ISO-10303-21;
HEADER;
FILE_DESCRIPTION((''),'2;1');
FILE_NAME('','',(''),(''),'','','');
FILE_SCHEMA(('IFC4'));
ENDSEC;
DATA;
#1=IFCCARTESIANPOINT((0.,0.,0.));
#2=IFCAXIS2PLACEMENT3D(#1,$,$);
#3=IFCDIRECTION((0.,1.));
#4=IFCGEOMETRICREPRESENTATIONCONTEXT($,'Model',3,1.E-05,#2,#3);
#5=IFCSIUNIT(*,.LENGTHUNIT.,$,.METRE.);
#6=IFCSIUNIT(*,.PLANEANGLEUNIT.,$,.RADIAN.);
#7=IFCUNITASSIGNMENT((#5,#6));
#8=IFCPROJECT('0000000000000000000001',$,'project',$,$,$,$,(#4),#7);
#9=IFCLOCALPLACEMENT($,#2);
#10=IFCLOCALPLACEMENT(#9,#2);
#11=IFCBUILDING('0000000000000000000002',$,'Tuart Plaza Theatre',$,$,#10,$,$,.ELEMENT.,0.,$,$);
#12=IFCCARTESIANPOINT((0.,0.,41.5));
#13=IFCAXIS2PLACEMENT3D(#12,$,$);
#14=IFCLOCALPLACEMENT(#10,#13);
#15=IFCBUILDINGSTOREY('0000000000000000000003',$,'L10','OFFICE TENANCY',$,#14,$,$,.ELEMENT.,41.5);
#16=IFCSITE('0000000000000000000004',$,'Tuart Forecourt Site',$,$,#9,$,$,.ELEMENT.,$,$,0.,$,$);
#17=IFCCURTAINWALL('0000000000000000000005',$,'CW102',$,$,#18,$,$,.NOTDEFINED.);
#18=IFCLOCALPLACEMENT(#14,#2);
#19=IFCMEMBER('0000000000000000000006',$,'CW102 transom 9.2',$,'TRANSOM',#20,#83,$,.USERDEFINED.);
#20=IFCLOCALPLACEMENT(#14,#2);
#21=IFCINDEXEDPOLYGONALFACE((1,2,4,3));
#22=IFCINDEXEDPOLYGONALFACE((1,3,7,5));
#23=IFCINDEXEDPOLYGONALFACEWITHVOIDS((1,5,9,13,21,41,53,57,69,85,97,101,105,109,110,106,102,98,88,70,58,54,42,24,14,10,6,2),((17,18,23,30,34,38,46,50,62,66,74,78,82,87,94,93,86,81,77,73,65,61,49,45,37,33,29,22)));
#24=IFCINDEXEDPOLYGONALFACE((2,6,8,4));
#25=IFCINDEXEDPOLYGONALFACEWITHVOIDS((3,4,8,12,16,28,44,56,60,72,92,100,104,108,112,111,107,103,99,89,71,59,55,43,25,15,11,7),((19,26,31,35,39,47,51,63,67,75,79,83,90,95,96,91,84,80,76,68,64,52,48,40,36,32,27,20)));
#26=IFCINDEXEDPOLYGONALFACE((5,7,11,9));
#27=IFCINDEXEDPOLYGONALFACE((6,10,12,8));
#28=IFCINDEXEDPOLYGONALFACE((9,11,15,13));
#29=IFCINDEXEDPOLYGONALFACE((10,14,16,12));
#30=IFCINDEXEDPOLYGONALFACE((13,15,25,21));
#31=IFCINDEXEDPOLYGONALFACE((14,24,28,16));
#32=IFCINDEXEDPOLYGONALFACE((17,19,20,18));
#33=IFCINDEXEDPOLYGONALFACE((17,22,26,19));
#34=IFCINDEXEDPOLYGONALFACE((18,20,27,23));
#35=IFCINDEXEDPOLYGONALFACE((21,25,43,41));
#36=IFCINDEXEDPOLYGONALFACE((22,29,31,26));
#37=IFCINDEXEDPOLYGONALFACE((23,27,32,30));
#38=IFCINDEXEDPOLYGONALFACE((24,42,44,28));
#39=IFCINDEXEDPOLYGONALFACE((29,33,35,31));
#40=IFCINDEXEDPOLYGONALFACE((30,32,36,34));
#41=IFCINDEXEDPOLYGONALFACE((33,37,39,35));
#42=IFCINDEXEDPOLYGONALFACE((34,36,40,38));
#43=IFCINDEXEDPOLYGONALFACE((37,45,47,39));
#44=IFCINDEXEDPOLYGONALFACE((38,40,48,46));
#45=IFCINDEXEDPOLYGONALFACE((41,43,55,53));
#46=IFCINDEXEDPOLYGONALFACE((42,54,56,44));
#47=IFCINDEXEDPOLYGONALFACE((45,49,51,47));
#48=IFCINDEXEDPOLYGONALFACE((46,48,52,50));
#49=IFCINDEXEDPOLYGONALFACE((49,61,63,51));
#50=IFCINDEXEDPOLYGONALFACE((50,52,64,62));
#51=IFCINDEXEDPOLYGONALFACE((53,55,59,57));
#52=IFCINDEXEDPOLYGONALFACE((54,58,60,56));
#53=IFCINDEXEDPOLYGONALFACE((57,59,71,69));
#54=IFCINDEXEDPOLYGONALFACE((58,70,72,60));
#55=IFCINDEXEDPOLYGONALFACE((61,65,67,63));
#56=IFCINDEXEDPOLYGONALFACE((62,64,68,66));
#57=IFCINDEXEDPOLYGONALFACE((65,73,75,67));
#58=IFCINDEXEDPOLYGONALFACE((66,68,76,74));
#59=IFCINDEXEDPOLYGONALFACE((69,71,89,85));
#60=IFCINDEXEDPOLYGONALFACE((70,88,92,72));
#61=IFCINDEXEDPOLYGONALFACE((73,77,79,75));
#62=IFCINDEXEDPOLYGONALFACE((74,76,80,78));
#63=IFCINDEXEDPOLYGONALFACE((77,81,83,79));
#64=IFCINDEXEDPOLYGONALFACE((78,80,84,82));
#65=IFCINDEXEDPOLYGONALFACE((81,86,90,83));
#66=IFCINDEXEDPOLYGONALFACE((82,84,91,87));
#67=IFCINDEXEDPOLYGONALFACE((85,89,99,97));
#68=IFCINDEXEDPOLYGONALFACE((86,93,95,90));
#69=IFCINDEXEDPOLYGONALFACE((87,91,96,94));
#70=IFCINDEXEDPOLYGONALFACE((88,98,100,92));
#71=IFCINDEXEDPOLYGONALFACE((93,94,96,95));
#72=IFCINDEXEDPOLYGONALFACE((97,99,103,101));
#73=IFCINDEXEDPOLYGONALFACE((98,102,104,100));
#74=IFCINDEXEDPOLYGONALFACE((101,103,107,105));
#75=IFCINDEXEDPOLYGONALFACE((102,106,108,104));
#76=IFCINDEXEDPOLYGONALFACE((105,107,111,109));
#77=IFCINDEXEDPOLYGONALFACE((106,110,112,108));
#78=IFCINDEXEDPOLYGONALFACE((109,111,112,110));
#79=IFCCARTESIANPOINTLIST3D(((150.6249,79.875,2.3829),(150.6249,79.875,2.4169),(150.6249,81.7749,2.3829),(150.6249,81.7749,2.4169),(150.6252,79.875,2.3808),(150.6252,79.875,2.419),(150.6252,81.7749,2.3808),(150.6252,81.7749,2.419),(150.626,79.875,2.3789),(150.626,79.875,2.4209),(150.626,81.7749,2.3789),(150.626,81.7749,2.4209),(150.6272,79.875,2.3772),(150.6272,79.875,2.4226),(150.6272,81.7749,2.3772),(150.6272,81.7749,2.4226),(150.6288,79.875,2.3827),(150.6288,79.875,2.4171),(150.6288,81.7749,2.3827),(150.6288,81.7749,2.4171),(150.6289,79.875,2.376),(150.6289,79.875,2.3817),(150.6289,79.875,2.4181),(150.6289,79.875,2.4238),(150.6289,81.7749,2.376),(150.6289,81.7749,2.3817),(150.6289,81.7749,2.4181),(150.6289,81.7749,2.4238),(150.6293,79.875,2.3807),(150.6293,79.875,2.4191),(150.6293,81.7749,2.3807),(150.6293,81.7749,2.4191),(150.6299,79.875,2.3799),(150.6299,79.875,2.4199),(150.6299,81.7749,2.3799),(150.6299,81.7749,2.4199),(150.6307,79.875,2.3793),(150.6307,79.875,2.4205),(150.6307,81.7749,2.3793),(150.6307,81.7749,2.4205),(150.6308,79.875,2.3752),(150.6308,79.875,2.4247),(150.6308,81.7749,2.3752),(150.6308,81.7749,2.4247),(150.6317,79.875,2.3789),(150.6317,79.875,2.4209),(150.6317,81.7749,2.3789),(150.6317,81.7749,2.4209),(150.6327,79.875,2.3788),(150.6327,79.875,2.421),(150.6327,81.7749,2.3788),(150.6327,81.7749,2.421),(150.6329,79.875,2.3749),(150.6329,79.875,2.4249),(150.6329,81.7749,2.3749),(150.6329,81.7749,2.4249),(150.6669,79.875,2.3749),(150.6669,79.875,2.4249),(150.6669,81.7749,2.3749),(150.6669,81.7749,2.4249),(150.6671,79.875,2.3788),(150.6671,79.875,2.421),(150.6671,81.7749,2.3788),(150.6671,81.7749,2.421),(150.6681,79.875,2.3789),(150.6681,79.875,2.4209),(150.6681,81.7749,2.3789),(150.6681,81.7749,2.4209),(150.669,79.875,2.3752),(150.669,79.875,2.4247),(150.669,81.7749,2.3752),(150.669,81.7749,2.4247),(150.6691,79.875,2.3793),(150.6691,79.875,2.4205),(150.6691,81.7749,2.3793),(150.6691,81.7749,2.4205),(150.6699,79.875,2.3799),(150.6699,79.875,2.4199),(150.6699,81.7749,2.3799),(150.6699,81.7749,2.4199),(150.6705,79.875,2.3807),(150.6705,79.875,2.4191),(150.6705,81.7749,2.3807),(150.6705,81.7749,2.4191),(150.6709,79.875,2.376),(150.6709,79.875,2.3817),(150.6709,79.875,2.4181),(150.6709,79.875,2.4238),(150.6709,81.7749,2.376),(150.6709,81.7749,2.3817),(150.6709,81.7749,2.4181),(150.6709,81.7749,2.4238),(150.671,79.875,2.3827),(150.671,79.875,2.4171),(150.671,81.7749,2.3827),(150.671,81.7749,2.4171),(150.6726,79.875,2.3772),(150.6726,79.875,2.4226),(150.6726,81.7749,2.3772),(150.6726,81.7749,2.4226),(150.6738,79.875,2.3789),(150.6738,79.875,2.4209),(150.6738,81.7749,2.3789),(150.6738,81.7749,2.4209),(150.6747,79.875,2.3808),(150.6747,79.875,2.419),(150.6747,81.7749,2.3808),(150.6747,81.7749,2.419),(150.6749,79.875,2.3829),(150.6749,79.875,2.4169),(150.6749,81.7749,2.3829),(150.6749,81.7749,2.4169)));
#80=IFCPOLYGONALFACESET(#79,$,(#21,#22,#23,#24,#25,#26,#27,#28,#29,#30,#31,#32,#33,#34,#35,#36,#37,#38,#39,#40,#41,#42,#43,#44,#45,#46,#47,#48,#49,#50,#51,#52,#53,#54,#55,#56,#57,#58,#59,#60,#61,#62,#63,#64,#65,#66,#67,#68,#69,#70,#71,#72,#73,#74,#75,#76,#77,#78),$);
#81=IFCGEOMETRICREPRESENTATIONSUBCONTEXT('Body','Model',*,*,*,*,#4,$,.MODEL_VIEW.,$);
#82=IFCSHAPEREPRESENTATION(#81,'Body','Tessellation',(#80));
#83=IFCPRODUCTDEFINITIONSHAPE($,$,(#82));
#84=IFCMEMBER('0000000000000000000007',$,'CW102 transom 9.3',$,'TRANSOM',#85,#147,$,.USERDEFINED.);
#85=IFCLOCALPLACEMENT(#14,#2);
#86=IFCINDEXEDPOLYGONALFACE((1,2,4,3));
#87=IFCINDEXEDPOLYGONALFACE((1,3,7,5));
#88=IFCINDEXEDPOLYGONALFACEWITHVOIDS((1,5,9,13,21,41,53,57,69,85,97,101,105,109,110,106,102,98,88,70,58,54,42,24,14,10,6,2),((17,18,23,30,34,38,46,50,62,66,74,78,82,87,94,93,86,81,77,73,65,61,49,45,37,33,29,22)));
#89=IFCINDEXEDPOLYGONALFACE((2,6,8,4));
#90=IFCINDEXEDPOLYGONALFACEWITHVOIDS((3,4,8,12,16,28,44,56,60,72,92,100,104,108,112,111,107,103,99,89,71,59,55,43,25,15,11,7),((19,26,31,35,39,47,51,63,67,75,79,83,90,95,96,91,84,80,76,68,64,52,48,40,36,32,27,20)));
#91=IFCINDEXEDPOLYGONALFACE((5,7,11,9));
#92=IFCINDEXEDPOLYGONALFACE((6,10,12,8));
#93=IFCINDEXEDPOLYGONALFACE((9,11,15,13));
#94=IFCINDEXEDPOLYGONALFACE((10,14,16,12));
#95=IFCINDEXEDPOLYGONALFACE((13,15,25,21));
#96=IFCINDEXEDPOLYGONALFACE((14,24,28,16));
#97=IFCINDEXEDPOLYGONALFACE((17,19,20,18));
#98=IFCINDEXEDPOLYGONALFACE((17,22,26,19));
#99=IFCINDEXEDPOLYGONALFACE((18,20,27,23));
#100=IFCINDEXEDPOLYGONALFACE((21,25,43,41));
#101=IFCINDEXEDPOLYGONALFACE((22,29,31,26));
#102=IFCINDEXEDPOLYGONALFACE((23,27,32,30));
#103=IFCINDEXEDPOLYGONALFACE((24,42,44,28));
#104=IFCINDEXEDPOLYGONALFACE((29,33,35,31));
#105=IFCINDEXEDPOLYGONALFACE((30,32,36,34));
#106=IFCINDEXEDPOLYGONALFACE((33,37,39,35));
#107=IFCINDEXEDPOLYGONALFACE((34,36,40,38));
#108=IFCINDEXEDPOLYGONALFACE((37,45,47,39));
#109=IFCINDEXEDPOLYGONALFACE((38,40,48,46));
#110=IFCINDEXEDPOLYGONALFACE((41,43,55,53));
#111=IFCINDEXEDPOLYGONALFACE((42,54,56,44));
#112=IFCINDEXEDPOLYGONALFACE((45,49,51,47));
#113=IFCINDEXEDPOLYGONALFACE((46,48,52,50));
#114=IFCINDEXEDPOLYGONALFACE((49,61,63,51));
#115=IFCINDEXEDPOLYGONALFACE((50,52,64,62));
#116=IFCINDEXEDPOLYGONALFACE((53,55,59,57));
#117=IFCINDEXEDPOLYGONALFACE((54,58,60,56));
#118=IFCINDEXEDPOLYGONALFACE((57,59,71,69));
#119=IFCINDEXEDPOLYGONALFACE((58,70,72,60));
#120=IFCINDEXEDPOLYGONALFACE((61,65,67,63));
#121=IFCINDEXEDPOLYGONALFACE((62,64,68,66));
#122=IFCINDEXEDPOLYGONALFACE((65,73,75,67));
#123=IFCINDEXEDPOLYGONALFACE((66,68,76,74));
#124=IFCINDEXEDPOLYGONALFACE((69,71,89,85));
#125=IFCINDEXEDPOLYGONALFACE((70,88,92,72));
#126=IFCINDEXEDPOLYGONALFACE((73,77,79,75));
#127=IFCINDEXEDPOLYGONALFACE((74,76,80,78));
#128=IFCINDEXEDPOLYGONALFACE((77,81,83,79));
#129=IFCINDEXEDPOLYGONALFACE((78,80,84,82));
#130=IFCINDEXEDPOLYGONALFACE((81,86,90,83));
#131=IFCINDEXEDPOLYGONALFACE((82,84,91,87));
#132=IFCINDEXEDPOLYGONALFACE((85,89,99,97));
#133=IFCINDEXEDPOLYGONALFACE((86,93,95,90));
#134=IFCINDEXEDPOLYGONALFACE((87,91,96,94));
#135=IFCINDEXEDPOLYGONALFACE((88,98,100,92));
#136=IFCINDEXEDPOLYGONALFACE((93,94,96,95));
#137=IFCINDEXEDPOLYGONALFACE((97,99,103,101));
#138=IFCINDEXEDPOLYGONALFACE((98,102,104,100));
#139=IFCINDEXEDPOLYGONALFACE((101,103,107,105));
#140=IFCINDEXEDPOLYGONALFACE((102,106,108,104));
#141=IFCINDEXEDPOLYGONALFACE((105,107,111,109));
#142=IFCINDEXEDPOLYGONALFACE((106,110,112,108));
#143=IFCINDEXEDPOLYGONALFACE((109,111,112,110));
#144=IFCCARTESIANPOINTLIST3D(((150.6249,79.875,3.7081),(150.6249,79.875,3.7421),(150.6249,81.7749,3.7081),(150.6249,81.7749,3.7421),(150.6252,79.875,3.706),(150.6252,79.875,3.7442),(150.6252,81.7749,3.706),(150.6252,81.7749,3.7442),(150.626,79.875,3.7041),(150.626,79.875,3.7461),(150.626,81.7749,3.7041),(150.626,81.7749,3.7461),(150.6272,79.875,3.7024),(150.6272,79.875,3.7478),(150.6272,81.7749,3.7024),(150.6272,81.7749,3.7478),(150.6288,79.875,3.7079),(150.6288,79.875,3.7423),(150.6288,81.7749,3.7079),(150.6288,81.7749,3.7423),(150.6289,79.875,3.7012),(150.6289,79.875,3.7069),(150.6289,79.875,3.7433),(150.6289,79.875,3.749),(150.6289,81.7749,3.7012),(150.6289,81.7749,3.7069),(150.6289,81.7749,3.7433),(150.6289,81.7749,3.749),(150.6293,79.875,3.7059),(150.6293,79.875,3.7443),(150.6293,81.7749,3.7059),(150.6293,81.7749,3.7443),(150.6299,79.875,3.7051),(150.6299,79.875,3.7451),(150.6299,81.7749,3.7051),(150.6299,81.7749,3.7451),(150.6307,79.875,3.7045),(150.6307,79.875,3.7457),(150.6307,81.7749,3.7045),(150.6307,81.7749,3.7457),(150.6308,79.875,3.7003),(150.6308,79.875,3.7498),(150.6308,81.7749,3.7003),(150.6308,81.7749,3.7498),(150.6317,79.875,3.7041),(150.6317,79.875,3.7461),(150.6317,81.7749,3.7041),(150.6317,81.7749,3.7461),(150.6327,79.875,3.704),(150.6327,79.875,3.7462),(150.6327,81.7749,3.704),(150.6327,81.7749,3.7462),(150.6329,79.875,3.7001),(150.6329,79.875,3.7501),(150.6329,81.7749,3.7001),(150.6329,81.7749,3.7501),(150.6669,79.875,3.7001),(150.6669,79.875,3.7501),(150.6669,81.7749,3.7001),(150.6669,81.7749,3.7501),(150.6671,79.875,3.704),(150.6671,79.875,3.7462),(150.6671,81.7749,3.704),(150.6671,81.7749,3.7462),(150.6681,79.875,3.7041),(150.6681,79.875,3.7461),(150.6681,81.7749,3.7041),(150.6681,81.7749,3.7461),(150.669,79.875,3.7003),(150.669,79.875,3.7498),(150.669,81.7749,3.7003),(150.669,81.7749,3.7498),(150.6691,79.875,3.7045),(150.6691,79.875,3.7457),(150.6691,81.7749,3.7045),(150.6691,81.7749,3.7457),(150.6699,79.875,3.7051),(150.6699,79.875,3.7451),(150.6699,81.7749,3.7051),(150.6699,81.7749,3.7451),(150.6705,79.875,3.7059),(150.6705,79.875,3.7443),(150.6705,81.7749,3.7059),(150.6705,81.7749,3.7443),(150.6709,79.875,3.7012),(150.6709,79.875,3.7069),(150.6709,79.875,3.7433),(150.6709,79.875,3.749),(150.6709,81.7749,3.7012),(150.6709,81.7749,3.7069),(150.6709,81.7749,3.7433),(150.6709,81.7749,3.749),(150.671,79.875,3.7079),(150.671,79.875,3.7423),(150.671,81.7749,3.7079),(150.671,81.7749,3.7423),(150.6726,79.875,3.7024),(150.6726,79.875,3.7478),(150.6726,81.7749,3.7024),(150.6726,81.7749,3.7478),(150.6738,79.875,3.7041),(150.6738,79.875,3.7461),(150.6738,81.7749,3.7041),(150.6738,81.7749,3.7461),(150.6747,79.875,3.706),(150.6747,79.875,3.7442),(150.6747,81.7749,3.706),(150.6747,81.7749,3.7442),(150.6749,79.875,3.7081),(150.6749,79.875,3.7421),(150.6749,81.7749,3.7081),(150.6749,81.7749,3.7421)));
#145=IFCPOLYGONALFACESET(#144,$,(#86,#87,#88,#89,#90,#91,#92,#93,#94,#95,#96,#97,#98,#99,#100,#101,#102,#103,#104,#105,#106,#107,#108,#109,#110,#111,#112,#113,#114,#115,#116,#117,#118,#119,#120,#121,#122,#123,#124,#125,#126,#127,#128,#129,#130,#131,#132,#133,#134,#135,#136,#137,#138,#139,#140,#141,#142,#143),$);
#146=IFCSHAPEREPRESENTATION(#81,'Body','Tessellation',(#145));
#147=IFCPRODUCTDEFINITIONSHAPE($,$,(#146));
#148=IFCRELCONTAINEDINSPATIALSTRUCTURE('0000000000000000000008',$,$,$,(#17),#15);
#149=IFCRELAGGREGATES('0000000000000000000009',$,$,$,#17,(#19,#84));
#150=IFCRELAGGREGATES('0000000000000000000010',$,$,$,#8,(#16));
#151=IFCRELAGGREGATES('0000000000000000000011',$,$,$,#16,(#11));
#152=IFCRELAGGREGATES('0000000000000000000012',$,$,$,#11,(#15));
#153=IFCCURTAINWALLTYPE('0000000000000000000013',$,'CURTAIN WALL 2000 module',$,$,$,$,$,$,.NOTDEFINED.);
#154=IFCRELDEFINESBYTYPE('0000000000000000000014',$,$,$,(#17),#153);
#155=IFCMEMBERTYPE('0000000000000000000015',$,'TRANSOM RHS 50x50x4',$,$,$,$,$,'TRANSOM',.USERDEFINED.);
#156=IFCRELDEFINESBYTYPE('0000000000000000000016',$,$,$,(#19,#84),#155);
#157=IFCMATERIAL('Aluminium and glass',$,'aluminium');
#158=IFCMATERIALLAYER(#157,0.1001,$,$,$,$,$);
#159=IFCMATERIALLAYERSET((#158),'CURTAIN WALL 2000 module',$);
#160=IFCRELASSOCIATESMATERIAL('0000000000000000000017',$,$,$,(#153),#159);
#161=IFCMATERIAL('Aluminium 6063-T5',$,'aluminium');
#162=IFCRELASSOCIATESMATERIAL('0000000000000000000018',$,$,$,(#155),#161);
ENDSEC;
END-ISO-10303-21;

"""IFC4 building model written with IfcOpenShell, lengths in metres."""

from ifc_helpers import new_model, si_unit, direction, frame, origin, origin_2d, place, context, subcontext, project, spatial, hollow_rectangle, extrude, material, layer, layer_set, material_profile, profile_set, type_object, element, aggregate, save


model = new_model("IFC4")

# Units and contexts
model_context = context("Model", 3, precision=1e-05, world=origin(), true_north=direction((0.0, 1.0)))
body_context = subcontext(model_context, "Body", "Model", "MODEL_VIEW")
ifc_project = project(units=[si_unit("LENGTHUNIT", "METRE"), si_unit("PLANEANGLEUNIT", "RADIAN")], contexts=[model_context])

# Site, building, storey
site_placement = place(None, origin())
site = spatial("IfcSite", under=ifc_project, at=site_placement, Name="Tuart Forecourt Site", CompositionType="ELEMENT", RefElevation=0.0)
building_placement = place(site_placement, origin())
building = spatial("IfcBuilding", under=site, at=building_placement, Name="Tuart Plaza Theatre", CompositionType="ELEMENT", ElevationOfRefHeight=0.0)
storey_placement = place(building_placement, frame((0.0, 0.0, 41.5)))
storey = spatial("IfcBuildingStorey", under=building, at=storey_placement, Name="L10", Description="OFFICE TENANCY", CompositionType="ELEMENT", Elevation=41.5)

# Curtain wall
ifc_material_1 = material(Name="Aluminium and glass", Category="aluminium")
ifc_layer_1 = layer(ifc_material_1, 0.1001)
ifc_layer_set_1 = layer_set([ifc_layer_1], Name="CURTAIN WALL 2000 module")
curtain_wall_type = type_object("IfcCurtainWallType", Name="CURTAIN WALL 2000 module", PredefinedType="NOTDEFINED", material=ifc_layer_set_1)
curtain_wall_1_placement = place(storey_placement, origin())
curtain_wall_1 = element("IfcCurtainWall", 1, at=curtain_wall_1_placement, inside=storey, type_object=curtain_wall_type, Name="CW102", PredefinedType="NOTDEFINED")

# Members
ifc_material_2 = material(Name="Aluminium 6063-T5", Category="aluminium")
ifc_material_profile_1 = material_profile(ifc_material_2, hollow_rectangle(XDim=0.05, YDim=0.05, WallThickness=0.0039, InnerFilletRadius=0.0039, OuterFilletRadius=0.0081, at=origin_2d()), Name="RHS 50x50x4")
ifc_profile_set_1 = profile_set([ifc_material_profile_1], Name="Aluminium 6063-T5")
member_type_1 = type_object("IfcMemberType", Name="TRANSOM RHS 50x50x4", ElementType="TRANSOM", PredefinedType="USERDEFINED", material=ifc_profile_set_1)
member_1_placement = place(storey_placement, frame((150.6499, 79.875, 2.3999), z_axis=(0.0, 1.0, 0.0), x_axis=(-1.0, 0.0, 0.0)))
member_1 = element("IfcMember", 2, at=member_1_placement, type_object=member_type_1, Name="CW102 transom 9.2", ObjectType="TRANSOM", PredefinedType="USERDEFINED", context=body_context, shape_type="SweptSolid", body=[
    extrude(hollow_rectangle(XDim=0.05, YDim=0.05, WallThickness=0.0039, InnerFilletRadius=0.0039, OuterFilletRadius=0.0081, at=origin_2d()), origin(), (0.0, 0.0, 1.0), 1.8999),
])
member_2_placement = place(storey_placement, frame((150.6499, 79.875, 3.7251), z_axis=(0.0, 1.0, 0.0), x_axis=(-1.0, 0.0, 0.0)))
member_2 = element("IfcMember", 3, at=member_2_placement, type_object=member_type_1, Name="CW102 transom 9.3", ObjectType="TRANSOM", PredefinedType="USERDEFINED", context=body_context, shape_type="SweptSolid", body=[
    extrude(hollow_rectangle(XDim=0.05, YDim=0.05, WallThickness=0.0039, InnerFilletRadius=0.0039, OuterFilletRadius=0.0081, at=origin_2d()), origin(), (0.0, 0.0, 1.0), 1.8999),
])

aggregate(curtain_wall_1, [member_1, member_2])

save(model, "model.ifc")
